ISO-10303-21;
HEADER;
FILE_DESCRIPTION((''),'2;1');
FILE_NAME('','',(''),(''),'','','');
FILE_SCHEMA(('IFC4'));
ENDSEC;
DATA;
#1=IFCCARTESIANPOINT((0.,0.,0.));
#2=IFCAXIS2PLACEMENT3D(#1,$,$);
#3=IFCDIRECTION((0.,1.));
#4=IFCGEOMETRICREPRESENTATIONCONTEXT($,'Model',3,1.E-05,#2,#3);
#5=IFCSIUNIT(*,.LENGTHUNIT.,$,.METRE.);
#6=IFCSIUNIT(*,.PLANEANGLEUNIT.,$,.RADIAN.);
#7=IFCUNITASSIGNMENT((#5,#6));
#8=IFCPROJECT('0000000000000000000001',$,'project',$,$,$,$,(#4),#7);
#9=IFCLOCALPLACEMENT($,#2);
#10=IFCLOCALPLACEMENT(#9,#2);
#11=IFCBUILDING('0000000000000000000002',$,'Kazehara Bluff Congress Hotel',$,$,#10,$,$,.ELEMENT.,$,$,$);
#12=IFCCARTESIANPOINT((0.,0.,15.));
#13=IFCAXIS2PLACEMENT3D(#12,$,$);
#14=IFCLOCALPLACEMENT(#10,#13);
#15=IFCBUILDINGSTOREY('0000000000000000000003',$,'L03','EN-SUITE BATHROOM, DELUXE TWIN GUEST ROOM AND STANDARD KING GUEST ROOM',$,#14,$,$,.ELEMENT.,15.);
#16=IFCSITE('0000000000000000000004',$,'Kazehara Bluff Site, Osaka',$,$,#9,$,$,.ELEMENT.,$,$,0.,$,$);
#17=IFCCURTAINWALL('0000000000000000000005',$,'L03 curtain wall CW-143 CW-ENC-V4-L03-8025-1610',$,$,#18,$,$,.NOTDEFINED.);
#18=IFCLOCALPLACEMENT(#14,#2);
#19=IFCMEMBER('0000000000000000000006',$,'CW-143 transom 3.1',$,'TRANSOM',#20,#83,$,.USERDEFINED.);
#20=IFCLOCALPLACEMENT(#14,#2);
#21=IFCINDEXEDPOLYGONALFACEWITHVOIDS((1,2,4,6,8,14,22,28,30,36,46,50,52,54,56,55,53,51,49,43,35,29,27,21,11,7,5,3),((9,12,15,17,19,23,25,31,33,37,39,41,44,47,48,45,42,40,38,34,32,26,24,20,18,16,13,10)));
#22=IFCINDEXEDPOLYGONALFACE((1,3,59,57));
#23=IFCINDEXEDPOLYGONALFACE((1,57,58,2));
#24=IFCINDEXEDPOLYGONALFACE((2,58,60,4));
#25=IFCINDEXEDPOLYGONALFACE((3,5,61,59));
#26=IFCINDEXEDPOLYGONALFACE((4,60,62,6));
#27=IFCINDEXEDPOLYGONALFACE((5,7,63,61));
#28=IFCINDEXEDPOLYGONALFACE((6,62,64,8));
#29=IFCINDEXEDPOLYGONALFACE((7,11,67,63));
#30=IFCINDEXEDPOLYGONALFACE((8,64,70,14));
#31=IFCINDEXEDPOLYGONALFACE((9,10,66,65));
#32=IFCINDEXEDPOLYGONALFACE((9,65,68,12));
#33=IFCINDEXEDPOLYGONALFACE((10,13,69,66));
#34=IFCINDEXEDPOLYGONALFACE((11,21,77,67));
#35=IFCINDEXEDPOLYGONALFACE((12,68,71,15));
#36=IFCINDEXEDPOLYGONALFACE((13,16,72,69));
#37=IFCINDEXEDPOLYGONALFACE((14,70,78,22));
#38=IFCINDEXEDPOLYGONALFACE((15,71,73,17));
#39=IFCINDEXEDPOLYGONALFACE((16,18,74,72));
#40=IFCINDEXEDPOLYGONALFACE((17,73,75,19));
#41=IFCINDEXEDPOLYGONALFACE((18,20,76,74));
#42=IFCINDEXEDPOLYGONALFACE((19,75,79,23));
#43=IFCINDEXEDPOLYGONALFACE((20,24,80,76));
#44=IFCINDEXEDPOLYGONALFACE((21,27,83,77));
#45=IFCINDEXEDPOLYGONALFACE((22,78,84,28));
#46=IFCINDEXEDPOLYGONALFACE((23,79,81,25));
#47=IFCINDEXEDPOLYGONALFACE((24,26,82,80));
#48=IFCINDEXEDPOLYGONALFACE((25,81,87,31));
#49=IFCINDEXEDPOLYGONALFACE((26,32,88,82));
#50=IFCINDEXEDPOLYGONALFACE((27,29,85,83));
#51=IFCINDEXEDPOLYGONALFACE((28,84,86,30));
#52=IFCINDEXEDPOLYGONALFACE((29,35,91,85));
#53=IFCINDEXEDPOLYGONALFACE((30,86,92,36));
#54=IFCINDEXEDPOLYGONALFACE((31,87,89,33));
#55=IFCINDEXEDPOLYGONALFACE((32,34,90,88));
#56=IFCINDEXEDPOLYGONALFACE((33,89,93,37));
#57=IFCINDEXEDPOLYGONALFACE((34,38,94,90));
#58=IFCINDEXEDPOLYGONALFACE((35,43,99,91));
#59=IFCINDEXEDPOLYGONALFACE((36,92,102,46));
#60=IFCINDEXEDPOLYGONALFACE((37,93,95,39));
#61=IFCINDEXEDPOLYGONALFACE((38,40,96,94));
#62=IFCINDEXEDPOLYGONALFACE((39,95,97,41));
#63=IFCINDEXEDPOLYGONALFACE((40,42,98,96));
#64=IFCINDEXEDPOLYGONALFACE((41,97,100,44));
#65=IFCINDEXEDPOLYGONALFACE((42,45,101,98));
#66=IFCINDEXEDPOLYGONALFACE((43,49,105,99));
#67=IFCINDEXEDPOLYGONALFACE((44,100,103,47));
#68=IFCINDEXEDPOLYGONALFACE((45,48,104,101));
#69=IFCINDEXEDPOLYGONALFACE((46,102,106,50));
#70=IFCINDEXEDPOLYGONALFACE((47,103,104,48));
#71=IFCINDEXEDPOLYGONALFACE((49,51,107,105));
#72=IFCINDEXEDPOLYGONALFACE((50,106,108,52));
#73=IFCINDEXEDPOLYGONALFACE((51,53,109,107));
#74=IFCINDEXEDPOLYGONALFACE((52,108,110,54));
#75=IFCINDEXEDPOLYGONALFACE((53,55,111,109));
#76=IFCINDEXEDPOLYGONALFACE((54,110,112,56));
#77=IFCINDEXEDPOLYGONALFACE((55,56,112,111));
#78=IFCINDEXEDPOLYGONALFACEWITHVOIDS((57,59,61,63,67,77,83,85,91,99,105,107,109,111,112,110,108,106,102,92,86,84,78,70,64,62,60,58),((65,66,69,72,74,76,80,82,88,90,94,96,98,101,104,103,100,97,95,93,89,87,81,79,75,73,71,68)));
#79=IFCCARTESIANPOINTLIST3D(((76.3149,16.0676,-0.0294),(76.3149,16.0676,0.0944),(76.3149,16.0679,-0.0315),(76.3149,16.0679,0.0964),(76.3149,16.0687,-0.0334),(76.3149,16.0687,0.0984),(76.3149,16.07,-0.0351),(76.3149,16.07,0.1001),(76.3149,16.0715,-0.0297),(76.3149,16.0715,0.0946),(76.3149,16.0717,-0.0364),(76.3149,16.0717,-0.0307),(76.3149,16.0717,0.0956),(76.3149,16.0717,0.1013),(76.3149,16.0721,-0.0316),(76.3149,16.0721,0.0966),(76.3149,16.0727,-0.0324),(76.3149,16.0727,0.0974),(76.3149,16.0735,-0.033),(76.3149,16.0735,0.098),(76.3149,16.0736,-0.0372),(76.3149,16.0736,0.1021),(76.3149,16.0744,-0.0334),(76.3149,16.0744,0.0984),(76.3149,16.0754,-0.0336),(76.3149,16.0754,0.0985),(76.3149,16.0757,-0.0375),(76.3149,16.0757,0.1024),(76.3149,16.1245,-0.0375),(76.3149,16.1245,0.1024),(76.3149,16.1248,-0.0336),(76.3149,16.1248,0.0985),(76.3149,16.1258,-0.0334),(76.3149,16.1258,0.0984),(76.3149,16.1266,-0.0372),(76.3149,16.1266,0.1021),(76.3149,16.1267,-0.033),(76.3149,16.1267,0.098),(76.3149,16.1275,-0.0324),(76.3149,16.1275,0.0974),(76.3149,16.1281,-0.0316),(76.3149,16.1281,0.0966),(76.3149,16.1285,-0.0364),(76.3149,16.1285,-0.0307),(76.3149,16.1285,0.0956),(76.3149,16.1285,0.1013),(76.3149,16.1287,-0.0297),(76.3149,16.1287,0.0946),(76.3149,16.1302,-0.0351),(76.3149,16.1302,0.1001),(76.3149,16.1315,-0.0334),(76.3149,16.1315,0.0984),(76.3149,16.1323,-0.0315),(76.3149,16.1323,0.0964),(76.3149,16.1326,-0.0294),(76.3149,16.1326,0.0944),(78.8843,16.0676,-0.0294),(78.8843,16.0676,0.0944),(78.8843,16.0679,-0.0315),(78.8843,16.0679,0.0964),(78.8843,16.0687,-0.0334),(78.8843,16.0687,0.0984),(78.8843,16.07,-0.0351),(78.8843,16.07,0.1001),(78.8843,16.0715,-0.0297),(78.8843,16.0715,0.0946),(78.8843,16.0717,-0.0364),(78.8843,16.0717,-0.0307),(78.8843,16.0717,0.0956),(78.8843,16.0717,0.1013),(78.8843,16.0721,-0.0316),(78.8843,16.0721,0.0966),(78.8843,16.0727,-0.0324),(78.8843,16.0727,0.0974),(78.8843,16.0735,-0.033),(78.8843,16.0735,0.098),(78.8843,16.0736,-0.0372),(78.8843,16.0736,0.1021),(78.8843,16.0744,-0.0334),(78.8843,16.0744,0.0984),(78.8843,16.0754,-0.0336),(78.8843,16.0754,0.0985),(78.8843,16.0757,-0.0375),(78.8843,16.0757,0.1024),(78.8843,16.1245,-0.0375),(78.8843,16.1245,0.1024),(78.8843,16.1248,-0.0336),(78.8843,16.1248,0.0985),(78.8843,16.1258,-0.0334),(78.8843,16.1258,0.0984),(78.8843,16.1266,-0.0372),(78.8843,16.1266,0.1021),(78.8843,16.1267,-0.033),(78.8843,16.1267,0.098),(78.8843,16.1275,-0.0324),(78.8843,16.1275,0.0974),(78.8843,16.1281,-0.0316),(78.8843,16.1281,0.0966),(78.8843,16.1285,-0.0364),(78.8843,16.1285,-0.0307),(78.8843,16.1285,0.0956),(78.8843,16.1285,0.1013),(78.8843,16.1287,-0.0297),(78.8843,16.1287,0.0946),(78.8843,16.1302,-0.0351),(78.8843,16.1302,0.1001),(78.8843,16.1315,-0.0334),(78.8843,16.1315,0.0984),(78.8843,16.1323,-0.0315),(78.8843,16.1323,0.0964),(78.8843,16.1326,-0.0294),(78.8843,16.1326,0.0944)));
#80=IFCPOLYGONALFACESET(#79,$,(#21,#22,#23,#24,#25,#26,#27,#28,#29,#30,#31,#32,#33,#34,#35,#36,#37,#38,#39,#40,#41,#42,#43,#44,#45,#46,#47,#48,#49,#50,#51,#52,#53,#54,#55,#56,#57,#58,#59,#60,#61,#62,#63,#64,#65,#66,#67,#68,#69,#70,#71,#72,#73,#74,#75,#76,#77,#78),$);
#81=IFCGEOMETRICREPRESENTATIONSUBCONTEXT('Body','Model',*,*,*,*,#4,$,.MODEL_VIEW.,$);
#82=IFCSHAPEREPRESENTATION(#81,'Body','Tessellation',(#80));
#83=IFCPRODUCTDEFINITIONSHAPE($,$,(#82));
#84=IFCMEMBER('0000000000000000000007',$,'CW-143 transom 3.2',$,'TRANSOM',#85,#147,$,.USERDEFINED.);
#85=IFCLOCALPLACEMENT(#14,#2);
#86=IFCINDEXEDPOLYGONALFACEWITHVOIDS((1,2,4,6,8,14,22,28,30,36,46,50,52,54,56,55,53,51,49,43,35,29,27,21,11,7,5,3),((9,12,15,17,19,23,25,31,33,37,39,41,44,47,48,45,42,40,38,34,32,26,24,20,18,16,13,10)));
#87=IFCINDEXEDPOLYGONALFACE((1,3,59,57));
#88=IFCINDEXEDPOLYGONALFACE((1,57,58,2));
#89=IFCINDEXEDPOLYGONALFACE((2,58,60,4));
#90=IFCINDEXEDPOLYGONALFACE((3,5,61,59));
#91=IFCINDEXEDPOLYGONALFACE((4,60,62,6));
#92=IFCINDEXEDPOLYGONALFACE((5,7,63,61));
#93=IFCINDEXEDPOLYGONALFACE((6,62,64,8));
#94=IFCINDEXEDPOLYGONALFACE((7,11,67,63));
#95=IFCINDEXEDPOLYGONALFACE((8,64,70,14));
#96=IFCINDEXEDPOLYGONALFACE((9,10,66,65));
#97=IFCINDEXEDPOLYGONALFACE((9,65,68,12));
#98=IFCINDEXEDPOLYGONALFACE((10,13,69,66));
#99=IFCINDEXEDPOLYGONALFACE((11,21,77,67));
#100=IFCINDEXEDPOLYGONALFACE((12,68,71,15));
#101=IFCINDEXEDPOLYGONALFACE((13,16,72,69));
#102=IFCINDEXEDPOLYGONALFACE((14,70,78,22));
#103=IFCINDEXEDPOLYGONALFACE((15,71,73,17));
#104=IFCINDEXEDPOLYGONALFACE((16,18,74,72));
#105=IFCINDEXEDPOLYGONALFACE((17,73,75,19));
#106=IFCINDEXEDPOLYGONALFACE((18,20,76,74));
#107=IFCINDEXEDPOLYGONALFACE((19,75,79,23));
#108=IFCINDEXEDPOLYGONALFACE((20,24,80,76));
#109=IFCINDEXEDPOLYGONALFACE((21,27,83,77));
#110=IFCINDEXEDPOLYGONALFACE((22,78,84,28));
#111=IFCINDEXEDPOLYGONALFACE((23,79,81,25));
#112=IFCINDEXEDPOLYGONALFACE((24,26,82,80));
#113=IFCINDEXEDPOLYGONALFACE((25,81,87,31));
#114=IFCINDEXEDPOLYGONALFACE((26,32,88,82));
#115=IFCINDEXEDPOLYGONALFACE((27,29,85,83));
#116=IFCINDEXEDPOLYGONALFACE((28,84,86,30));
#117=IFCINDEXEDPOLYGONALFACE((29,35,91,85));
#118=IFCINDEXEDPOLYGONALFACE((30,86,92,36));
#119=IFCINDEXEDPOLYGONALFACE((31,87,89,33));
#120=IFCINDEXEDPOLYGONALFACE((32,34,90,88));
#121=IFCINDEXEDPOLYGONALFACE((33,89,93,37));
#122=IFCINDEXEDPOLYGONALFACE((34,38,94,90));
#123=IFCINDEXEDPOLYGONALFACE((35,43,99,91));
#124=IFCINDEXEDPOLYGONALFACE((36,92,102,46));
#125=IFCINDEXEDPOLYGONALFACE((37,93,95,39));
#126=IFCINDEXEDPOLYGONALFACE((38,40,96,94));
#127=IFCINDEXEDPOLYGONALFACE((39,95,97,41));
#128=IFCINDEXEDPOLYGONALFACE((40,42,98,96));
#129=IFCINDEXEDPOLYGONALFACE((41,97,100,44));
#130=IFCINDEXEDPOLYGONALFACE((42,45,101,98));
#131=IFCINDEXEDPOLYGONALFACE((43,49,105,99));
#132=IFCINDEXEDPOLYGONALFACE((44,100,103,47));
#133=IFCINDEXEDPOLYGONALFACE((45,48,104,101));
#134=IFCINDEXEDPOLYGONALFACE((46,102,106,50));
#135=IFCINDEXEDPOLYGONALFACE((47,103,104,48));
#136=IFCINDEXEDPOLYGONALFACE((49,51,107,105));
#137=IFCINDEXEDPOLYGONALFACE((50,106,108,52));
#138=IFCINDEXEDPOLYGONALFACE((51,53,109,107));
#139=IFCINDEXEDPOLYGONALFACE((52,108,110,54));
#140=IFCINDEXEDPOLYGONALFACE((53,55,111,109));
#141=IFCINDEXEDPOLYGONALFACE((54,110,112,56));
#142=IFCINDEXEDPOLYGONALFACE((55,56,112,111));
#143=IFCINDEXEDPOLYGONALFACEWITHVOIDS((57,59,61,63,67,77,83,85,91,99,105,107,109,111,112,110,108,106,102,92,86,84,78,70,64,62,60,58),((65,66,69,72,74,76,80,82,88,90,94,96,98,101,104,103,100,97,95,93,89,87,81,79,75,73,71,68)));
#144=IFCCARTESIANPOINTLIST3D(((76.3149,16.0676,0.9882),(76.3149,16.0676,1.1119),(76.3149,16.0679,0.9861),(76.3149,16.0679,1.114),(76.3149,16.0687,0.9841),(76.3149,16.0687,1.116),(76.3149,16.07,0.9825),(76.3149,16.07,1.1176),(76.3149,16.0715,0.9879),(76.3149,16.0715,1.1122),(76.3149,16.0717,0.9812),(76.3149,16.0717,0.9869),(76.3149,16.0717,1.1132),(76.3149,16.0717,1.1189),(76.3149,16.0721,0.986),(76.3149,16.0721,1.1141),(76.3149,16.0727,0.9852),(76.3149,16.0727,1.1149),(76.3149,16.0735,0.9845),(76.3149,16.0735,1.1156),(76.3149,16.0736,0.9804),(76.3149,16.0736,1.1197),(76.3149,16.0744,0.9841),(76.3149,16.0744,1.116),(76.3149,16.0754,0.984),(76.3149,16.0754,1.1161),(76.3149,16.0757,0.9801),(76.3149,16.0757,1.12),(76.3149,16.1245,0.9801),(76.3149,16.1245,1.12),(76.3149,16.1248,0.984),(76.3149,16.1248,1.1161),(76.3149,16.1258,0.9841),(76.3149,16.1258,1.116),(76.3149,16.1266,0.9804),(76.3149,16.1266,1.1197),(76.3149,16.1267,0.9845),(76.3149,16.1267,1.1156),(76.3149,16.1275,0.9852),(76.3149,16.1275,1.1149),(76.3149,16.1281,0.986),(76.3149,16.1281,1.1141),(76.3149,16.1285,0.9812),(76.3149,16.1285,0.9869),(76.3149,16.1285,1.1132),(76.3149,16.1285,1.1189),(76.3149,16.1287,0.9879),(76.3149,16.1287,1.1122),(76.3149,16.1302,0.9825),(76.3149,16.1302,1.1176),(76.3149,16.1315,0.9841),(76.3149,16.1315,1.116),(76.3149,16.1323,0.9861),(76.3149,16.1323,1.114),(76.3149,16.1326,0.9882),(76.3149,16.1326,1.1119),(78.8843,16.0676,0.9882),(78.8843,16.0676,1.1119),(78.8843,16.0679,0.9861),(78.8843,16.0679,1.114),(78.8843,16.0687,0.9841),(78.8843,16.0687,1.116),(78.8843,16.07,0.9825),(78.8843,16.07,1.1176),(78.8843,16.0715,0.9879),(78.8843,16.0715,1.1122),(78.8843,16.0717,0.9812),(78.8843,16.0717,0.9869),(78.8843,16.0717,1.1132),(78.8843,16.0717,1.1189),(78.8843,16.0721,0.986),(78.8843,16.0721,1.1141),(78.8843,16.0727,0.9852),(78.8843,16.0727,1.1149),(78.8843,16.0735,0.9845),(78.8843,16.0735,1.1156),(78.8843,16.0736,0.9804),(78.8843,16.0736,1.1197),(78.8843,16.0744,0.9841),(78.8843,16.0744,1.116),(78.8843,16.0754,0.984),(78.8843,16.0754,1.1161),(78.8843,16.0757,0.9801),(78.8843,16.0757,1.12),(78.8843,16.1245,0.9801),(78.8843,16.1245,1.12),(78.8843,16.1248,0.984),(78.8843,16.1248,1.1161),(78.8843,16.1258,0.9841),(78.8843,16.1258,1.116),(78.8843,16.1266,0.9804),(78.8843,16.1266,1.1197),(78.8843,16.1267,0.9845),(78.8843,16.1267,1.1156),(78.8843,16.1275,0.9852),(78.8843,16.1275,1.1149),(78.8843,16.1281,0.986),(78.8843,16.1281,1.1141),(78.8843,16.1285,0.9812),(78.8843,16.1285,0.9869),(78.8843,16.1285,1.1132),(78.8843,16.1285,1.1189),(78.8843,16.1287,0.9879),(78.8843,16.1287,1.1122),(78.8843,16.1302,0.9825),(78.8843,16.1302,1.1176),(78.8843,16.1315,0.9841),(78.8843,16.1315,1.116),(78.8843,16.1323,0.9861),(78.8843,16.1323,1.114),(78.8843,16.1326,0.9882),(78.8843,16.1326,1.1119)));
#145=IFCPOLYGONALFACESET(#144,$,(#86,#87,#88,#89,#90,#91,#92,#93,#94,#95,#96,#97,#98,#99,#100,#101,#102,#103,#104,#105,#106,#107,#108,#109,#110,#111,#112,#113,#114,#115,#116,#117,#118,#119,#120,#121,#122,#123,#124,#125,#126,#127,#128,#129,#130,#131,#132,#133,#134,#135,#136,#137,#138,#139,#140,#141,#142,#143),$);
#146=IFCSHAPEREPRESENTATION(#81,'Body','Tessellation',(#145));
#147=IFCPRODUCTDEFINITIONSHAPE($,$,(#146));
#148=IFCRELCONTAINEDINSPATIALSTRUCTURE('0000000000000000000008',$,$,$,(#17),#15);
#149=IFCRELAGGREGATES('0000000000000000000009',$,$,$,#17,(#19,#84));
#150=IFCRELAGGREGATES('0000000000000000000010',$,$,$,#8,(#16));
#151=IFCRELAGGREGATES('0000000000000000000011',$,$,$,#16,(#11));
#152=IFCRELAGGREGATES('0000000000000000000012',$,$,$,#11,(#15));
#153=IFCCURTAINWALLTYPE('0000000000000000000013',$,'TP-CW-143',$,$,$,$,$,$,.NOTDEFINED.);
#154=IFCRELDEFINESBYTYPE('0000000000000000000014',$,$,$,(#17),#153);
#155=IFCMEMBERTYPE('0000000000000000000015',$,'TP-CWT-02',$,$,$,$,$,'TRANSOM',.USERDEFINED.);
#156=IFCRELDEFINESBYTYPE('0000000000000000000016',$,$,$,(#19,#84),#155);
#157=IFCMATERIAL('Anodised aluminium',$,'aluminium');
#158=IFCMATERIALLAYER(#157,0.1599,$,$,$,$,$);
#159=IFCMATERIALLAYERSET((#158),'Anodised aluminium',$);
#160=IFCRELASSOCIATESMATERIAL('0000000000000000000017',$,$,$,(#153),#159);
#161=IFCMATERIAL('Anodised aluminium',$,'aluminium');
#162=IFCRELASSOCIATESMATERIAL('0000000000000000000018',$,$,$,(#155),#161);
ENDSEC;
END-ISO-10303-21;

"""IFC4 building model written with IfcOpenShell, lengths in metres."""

from ifc_helpers import new_model, si_unit, direction, frame, origin, origin_2d, place, context, subcontext, project, spatial, hollow_rectangle, extrude, material, layer, layer_set, material_profile, profile_set, type_object, element, aggregate, save


model = new_model("IFC4")

# Units and contexts
model_context = context("Model", 3, precision=1e-05, world=origin(), true_north=direction((0.0, 1.0)))
body_context = subcontext(model_context, "Body", "Model", "MODEL_VIEW")
ifc_project = project(units=[si_unit("LENGTHUNIT", "METRE"), si_unit("PLANEANGLEUNIT", "RADIAN")], contexts=[model_context])

# Site, building, storey
site_placement = place(None, origin())
site = spatial("IfcSite", under=ifc_project, at=site_placement, Name="Kazehara Bluff Site, Osaka", CompositionType="ELEMENT", RefElevation=0.0)
building_placement = place(site_placement, origin())
building = spatial("IfcBuilding", under=site, at=building_placement, Name="Kazehara Bluff Congress Hotel", CompositionType="ELEMENT")
storey_placement = place(building_placement, frame((0.0, 0.0, 15.0)))
storey = spatial("IfcBuildingStorey", under=building, at=storey_placement, Name="L03", Description="EN-SUITE BATHROOM, DELUXE TWIN GUEST ROOM AND STANDARD KING GUEST ROOM", CompositionType="ELEMENT", Elevation=15.0)

# Curtain wall, members
ifc_material_1 = material(Name="Anodised aluminium", Category="aluminium")
ifc_layer_1 = layer(ifc_material_1, 0.1599)
ifc_layer_set_1 = layer_set([ifc_layer_1], Name="Anodised aluminium")
curtain_wall_type = type_object("IfcCurtainWallType", Name="TP-CW-143", PredefinedType="NOTDEFINED", material=ifc_layer_set_1)
curtain_wall_placement = place(storey_placement, origin())
curtain_wall = element("IfcCurtainWall", 1, at=curtain_wall_placement, inside=storey, type_object=curtain_wall_type, Name="L03 curtain wall CW-143 CW-ENC-V4-L03-8025-1610", PredefinedType="NOTDEFINED")
ifc_material_2 = material(Name="Anodised aluminium", Category="aluminium")
ifc_material_profile_1 = material_profile(ifc_material_2, hollow_rectangle(XDim=0.0649, YDim=0.1399, WallThickness=0.0039, InnerFilletRadius=0.0039, OuterFilletRadius=0.0081, at=origin_2d()))
ifc_profile_set_1 = profile_set([ifc_material_profile_1], Name="Anodised aluminium")
member_type_1 = type_object("IfcMemberType", Name="TP-CWT-02", ElementType="TRANSOM", PredefinedType="USERDEFINED", material=ifc_profile_set_1)
member_1_placement = place(storey_placement, frame((78.8843, 16.1001, 0.0325), z_axis=(-1.0, 0.0, 0.0), x_axis=(0.0, -1.0, 0.0)))
member_1 = element("IfcMember", 2, at=member_1_placement, type_object=member_type_1, Name="CW-143 transom 3.1", ObjectType="TRANSOM", PredefinedType="USERDEFINED", context=body_context, shape_type="SweptSolid", body=[
    extrude(hollow_rectangle(XDim=0.0649, YDim=0.1399, WallThickness=0.0039, InnerFilletRadius=0.0039, OuterFilletRadius=0.0081, at=origin_2d()), origin(), (0.0, 0.0, 1.0), 2.5693),
])
member_2_placement = place(storey_placement, frame((78.8843, 16.1001, 1.05), z_axis=(-1.0, 0.0, 0.0), x_axis=(0.0, -1.0, 0.0)))
member_2 = element("IfcMember", 3, at=member_2_placement, type_object=member_type_1, Name="CW-143 transom 3.2", ObjectType="TRANSOM", PredefinedType="USERDEFINED", context=body_context, shape_type="SweptSolid", body=[
    extrude(hollow_rectangle(XDim=0.0649, YDim=0.1399, WallThickness=0.0039, InnerFilletRadius=0.0039, OuterFilletRadius=0.0081, at=origin_2d()), origin(), (0.0, 0.0, 1.0), 2.5693),
])

aggregate(curtain_wall, [member_1, member_2])

save(model, "model.ifc")
